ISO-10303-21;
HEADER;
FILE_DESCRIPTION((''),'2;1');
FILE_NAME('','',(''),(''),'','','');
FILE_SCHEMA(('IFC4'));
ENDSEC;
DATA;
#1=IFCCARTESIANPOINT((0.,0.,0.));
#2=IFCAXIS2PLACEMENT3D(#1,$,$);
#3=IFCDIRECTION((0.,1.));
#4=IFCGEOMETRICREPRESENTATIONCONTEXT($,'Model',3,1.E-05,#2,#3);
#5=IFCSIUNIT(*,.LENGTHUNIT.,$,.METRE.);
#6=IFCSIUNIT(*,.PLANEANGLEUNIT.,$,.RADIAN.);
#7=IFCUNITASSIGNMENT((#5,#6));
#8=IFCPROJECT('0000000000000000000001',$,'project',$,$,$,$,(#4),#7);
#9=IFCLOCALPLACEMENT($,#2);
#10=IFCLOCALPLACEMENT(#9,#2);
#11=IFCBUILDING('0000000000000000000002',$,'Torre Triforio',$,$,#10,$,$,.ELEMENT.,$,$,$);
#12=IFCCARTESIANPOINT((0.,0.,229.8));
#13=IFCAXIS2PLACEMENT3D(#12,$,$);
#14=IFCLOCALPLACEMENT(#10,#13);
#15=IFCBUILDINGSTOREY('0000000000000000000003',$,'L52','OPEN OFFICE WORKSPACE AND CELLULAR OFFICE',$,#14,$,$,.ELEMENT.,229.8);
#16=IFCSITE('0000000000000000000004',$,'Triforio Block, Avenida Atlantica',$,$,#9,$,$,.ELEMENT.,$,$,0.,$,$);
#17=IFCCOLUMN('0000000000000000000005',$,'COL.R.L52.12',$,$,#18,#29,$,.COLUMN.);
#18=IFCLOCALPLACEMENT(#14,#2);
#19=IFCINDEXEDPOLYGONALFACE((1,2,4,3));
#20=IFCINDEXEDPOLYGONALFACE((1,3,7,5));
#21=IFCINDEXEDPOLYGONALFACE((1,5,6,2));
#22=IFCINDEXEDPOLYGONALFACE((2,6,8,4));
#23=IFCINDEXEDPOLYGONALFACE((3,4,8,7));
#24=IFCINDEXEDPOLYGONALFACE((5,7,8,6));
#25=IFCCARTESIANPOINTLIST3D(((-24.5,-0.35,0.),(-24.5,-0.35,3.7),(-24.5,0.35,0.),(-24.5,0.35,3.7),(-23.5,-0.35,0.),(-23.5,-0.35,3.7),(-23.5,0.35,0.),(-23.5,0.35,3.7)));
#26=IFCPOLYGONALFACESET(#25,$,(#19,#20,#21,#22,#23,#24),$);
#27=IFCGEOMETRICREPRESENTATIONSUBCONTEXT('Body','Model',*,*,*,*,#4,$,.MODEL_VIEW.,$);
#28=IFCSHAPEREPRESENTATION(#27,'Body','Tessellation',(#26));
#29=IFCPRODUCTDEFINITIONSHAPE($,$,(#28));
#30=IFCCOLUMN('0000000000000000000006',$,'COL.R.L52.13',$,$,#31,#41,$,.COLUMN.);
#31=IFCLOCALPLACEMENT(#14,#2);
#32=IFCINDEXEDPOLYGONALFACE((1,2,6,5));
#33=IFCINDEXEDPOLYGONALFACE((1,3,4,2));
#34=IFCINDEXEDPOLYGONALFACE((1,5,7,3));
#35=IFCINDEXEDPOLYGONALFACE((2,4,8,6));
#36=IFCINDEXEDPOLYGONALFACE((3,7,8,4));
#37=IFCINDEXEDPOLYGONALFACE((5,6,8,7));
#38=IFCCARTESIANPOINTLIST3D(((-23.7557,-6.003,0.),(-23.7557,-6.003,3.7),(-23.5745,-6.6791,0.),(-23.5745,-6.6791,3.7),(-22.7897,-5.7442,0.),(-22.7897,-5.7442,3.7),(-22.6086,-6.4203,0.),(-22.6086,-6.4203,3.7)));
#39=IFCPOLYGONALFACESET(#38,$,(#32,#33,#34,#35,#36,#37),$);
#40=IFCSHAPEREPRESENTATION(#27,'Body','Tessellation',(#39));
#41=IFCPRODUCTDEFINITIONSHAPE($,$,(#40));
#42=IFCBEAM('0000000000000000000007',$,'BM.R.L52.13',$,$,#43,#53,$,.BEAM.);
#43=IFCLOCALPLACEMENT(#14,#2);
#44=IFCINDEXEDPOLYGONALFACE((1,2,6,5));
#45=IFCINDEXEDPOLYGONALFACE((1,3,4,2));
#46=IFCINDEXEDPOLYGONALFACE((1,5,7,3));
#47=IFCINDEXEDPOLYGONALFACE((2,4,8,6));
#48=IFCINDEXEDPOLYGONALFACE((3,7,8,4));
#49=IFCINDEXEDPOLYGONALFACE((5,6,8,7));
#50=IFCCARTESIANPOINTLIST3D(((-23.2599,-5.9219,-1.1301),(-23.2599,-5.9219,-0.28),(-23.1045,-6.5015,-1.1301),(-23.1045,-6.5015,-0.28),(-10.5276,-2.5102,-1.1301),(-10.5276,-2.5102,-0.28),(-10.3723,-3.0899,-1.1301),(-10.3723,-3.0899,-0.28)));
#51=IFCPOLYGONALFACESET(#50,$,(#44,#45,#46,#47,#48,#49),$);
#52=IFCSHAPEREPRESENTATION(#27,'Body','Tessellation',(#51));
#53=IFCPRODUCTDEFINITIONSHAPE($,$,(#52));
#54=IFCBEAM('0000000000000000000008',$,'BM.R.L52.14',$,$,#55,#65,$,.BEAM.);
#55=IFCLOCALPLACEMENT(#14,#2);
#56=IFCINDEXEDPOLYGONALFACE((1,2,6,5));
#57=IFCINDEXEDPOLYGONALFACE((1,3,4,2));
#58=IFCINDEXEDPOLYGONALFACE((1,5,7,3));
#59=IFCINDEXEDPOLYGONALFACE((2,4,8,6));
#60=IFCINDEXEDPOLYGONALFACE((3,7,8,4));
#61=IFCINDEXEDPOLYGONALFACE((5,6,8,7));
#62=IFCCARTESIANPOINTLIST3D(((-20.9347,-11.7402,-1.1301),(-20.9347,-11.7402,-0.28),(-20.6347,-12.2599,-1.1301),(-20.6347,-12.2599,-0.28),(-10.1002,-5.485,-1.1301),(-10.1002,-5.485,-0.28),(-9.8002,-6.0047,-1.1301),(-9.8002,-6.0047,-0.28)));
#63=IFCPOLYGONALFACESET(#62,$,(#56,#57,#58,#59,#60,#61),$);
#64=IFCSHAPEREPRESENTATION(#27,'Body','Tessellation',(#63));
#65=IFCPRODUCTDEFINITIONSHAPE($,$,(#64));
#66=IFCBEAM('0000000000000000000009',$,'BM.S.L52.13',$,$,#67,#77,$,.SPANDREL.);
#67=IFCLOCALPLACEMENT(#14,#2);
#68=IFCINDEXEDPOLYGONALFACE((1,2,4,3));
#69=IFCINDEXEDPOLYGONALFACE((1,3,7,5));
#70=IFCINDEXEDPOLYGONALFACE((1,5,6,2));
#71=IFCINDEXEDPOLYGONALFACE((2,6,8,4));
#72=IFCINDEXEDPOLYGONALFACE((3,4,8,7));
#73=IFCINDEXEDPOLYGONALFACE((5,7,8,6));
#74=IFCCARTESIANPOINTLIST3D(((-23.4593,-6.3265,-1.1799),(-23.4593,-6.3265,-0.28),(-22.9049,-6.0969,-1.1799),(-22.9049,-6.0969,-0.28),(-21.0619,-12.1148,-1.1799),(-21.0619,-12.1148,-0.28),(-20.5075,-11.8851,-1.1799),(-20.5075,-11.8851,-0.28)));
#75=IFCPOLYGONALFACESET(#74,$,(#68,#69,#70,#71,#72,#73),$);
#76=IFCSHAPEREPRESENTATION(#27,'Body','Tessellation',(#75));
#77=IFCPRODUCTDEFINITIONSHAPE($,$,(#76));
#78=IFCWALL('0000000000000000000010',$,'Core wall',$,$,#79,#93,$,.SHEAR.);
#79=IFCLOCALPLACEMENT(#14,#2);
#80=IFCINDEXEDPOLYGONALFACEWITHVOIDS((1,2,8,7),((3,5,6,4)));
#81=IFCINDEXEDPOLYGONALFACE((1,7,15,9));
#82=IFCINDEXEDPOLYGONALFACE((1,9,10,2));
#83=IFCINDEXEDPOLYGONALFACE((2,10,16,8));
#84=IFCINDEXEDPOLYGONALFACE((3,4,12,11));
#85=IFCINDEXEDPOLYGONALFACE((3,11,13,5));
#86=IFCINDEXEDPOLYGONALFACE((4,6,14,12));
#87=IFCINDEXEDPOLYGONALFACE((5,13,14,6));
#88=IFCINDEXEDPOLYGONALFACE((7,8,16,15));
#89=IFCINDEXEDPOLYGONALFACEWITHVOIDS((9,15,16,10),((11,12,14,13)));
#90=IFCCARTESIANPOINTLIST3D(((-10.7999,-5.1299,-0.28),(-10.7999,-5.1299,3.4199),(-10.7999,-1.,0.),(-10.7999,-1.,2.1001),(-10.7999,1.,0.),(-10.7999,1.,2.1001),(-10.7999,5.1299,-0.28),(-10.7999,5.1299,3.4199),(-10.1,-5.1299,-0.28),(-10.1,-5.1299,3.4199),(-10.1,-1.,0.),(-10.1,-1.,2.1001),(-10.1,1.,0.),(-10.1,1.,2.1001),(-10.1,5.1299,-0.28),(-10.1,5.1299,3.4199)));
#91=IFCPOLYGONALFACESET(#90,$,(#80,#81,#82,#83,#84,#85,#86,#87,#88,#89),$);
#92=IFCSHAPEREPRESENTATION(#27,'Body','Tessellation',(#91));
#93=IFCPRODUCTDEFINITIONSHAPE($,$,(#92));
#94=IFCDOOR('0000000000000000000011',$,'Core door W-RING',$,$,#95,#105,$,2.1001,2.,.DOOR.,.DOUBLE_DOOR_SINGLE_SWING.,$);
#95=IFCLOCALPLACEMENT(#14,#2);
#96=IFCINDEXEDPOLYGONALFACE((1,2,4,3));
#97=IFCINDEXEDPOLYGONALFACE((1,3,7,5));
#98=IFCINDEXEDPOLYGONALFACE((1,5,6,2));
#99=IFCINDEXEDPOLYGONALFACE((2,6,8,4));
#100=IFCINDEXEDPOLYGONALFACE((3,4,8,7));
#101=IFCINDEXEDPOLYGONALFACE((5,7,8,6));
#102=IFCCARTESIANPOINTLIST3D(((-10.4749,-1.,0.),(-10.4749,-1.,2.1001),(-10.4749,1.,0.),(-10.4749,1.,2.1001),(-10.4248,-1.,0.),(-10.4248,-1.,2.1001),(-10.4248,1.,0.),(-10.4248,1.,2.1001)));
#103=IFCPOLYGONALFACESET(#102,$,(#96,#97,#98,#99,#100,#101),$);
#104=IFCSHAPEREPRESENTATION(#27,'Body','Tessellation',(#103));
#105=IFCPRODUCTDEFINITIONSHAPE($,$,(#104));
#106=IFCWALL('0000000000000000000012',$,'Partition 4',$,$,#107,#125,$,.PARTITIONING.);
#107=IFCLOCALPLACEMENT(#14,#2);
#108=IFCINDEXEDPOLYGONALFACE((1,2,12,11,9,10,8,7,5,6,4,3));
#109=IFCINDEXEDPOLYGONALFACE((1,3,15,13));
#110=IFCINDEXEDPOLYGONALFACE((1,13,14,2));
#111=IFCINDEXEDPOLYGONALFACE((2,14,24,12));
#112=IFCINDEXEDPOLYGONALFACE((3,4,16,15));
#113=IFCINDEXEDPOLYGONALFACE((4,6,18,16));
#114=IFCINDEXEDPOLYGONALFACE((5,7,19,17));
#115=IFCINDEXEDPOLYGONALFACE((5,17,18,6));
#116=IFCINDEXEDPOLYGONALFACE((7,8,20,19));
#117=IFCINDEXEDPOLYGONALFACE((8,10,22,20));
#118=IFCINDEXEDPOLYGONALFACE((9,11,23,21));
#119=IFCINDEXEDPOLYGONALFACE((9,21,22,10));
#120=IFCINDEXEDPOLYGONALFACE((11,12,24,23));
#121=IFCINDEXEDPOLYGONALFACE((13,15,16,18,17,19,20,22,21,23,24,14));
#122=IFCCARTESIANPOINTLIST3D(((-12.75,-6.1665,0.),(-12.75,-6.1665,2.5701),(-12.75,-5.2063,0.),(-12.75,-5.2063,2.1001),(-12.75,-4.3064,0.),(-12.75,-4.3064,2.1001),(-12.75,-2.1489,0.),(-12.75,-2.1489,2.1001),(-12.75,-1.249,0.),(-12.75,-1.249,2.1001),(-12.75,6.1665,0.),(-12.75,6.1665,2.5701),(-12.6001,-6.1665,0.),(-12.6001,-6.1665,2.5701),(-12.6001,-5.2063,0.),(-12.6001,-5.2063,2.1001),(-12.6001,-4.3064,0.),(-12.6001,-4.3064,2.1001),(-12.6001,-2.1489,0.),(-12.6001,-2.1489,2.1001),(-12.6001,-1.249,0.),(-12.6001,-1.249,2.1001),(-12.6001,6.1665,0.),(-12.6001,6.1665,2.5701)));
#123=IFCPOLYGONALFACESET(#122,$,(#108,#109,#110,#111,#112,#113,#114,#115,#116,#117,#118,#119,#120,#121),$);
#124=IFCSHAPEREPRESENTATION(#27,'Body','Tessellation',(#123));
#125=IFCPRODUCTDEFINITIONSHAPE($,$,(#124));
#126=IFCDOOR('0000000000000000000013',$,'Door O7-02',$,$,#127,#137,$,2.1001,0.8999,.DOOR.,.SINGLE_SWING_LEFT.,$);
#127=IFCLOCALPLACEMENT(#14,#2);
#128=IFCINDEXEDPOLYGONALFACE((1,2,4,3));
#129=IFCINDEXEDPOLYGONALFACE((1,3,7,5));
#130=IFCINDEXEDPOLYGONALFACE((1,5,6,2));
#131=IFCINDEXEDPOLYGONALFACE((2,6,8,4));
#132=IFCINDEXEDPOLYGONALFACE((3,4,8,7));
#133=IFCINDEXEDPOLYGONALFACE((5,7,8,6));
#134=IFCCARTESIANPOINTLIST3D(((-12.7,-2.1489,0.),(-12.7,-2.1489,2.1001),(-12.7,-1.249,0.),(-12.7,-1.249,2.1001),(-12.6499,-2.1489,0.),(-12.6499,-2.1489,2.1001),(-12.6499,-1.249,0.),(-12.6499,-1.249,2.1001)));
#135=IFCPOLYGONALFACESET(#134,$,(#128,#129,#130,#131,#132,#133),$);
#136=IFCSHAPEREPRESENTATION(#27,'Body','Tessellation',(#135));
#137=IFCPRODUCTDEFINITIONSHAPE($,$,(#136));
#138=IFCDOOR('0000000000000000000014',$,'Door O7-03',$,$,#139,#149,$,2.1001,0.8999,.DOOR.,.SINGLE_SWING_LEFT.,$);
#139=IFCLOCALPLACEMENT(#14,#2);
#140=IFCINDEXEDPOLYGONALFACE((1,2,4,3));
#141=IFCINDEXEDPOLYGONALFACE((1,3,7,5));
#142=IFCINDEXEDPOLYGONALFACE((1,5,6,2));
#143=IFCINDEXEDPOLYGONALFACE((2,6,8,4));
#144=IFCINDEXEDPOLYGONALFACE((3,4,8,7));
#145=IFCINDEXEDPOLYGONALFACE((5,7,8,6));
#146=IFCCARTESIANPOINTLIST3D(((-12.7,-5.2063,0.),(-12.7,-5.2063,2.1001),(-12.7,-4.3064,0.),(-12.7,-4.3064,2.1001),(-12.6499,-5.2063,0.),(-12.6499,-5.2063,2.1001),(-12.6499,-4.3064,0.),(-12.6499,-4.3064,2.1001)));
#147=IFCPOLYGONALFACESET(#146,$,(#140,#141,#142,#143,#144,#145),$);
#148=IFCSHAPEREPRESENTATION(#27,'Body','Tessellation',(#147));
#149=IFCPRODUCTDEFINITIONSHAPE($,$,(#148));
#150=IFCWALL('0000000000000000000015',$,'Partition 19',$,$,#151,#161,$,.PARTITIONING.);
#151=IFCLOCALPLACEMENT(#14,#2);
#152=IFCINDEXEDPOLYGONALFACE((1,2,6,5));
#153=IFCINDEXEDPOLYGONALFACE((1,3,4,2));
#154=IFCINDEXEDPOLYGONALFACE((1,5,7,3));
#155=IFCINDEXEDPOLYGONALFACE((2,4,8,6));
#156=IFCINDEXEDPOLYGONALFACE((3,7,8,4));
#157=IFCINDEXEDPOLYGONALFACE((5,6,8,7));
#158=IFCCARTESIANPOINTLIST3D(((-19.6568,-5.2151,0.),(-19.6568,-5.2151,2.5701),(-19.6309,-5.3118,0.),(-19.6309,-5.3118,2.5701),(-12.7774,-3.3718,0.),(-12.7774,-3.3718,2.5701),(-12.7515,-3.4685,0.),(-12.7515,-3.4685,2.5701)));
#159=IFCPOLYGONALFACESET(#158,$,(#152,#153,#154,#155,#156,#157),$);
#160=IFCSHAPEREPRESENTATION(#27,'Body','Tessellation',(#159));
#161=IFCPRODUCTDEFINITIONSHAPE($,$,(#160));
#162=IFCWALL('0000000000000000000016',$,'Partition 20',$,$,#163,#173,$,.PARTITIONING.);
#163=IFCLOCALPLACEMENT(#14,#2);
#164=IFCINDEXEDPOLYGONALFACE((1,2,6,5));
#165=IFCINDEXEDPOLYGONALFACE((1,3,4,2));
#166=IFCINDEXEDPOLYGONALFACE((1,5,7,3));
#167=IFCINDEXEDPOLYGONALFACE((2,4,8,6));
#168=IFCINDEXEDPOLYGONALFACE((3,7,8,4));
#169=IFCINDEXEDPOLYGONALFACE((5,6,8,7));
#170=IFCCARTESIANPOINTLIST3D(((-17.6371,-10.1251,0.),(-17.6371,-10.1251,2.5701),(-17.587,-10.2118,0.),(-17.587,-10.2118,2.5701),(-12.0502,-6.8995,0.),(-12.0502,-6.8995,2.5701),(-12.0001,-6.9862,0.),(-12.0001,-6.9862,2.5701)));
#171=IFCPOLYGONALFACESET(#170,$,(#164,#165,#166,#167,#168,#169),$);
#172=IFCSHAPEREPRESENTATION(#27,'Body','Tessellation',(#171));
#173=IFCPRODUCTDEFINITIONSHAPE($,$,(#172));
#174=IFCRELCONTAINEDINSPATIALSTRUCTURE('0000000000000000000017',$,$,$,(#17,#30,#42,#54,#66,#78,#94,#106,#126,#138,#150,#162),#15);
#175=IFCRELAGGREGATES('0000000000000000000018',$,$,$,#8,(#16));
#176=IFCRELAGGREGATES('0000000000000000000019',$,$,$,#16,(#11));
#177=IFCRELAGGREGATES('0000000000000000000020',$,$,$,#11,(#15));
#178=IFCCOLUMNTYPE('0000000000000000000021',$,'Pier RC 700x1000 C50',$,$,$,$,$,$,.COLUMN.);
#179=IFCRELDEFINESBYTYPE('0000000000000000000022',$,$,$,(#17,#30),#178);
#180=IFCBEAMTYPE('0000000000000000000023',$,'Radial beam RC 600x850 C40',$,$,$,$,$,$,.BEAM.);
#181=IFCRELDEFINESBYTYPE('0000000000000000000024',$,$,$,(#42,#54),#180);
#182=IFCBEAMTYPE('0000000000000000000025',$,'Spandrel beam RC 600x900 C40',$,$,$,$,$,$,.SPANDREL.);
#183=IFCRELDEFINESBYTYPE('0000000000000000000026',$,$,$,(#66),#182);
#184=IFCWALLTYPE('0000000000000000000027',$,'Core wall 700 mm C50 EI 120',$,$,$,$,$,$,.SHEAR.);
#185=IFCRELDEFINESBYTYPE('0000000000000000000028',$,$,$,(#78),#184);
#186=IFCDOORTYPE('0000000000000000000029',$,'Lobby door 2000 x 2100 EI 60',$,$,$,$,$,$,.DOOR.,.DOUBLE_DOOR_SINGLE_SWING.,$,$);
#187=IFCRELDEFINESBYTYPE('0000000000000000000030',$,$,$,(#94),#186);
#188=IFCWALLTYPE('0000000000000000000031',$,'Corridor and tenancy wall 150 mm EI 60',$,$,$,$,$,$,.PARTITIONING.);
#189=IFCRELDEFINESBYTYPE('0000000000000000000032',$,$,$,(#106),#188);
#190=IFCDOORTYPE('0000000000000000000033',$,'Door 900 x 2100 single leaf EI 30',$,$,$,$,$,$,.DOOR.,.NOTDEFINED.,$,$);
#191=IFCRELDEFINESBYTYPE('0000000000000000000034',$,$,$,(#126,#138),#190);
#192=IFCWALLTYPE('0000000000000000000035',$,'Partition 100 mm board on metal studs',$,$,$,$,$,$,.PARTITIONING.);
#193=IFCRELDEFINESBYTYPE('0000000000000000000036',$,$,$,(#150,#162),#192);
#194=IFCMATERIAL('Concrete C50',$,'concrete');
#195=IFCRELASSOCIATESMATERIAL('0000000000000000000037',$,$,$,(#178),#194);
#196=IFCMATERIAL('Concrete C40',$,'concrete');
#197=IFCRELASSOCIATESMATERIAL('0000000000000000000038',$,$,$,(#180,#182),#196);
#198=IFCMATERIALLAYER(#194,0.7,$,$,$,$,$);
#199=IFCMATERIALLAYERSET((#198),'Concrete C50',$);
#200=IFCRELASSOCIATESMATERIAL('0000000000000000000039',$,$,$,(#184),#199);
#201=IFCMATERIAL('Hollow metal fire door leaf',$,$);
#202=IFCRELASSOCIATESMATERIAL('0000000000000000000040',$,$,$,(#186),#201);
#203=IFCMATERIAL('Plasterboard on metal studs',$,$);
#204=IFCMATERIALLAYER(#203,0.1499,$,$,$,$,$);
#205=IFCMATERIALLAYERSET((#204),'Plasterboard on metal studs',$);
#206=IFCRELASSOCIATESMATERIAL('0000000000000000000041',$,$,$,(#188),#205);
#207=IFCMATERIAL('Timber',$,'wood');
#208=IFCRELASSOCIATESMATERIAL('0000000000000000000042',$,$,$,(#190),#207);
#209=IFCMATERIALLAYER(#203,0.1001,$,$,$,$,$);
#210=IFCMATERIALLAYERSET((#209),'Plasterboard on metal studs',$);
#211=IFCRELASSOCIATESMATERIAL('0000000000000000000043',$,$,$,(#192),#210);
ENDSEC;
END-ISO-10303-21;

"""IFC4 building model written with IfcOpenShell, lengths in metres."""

from ifc_helpers import new_model, si_unit, direction, frame, frame_2d, origin, origin_2d, place, context, subcontext, project, spatial, rectangle, extrude, material, layer, layer_set, material_profile, profile_set, type_object, element, fill, save


model = new_model("IFC4")

# Units and contexts
model_context = context("Model", 3, precision=1e-05, world=origin(), true_north=direction((0.0, 1.0)))
body_context = subcontext(model_context, "Body", "Model", "MODEL_VIEW")
ifc_project = project(units=[si_unit("LENGTHUNIT", "METRE"), si_unit("PLANEANGLEUNIT", "RADIAN")], contexts=[model_context])

# Site, building, storey
site_placement = place(None, origin())
site = spatial("IfcSite", under=ifc_project, at=site_placement, Name="Triforio Block, Avenida Atlantica", CompositionType="ELEMENT", RefElevation=0.0)
building_placement = place(site_placement, origin())
building = spatial("IfcBuilding", under=site, at=building_placement, Name="Torre Triforio", CompositionType="ELEMENT")
storey_placement = place(building_placement, frame((0.0, 0.0, 229.8)))
storey = spatial("IfcBuildingStorey", under=building, at=storey_placement, Name="L52", Description="OPEN OFFICE WORKSPACE AND CELLULAR OFFICE", CompositionType="ELEMENT", Elevation=229.8)

# Columns
ifc_material_1 = material(Name="Concrete C50", Category="concrete")
ifc_material_profile_1 = material_profile(ifc_material_1, rectangle(XDim=0.7, YDim=1.0, at=origin_2d()), Name="RC 700x1000")
ifc_profile_set_1 = profile_set([ifc_material_profile_1], Name="Concrete C50")
column_type = type_object("IfcColumnType", Name="Pier RC 700x1000 C50", PredefinedType="COLUMN", material=ifc_profile_set_1)
for number, where, z_axis, x_axis, name in (
    (1, (-24.0, 0.0, 0.0), (0.0, 0.0, 1.0), (0.0, -1.0, 0.0), "COL.R.L52.12"),
    (2, (-23.1821, -6.2117, 0.0), (0.0, 0.0, 1.0), (0.258819, -0.965926, 0.0), "COL.R.L52.13"),
):
    element("IfcColumn", number, at=place(storey_placement, frame(where, z_axis=z_axis, x_axis=x_axis)), inside=storey, type_object=column_type, Name=name, PredefinedType="COLUMN", context=body_context, shape_type="SweptSolid", body=[
        extrude(rectangle(XDim=0.7, YDim=1.0, at=origin_2d()), origin(), (0.0, 0.0, 1.0), 3.7),
    ])

# Beams
ifc_material_2 = material(Name="Concrete C40", Category="concrete")
ifc_material_profile_2 = material_profile(ifc_material_2, rectangle(XDim=0.6001, YDim=0.8501, at=origin_2d()), Name="RC 600x850")
ifc_profile_set_2 = profile_set([ifc_material_profile_2], Name="Concrete C40")
beam_type_1 = type_object("IfcBeamType", Name="Radial beam RC 600x850 C40", PredefinedType="BEAM", material=ifc_profile_set_2)
beam_1_placement = place(storey_placement, frame((-10.45, -2.8, -0.7051), z_axis=(-0.965925, -0.258822, 0.0), x_axis=(0.258822, -0.965925, 0.0)))
element("IfcBeam", 3, at=beam_1_placement, inside=storey, type_object=beam_type_1, Name="BM.R.L52.13", PredefinedType="BEAM", context=body_context, shape_type="SweptSolid", body=[
    extrude(rectangle(XDim=0.6001, YDim=0.8501, at=origin_2d()), origin(), (0.0, 0.0, 1.0), 13.1814),
])
beam_2_placement = place(storey_placement, frame((-9.9502, -5.7449, -0.7051), z_axis=(-0.866031, -0.49999, 0.0), x_axis=(0.49999, -0.866031, 0.0)))
element("IfcBeam", 4, at=beam_2_placement, inside=storey, type_object=beam_type_1, Name="BM.R.L52.14", PredefinedType="BEAM", context=body_context, shape_type="SweptSolid", body=[
    extrude(rectangle(XDim=0.6001, YDim=0.8501, at=origin_2d()), origin(), (0.0, 0.0, 1.0), 12.5105),
])
ifc_material_profile_3 = material_profile(ifc_material_2, rectangle(XDim=0.6001, YDim=0.8999, at=origin_2d()), Name="RC 600x900")
ifc_profile_set_3 = profile_set([ifc_material_profile_3], Name="Concrete C40")
beam_type_2 = type_object("IfcBeamType", Name="Spandrel beam RC 600x900 C40", PredefinedType="SPANDREL", material=ifc_profile_set_3)
beam_3_placement = place(storey_placement, frame((-23.1821, -6.2117, -0.73), z_axis=(0.382664, -0.923888, 0.0), x_axis=(0.923888, 0.382664, 0.0)))
element("IfcBeam", 5, at=beam_3_placement, inside=storey, type_object=beam_type_2, Name="BM.S.L52.13", PredefinedType="SPANDREL", context=body_context, shape_type="SweptSolid", body=[
    extrude(rectangle(XDim=0.6001, YDim=0.8999, at=origin_2d()), origin(), (0.0, 0.0, 1.0), 6.2651),
])

# Wall, opening, door
ifc_layer_1 = layer(ifc_material_1, 0.7)
ifc_layer_set_1 = layer_set([ifc_layer_1], Name="Concrete C50")
wall_type_1 = type_object("IfcWallType", Name="Core wall 700 mm C50 EI 120", PredefinedType="SHEAR", material=ifc_layer_set_1)
wall_1_placement = place(storey_placement, frame((-10.45, -5.1299, -0.28), z_axis=(0.0, 0.0, 1.0), x_axis=(0.0, 1.0, 0.0)))
wall_1 = element("IfcWall", 6, at=wall_1_placement, inside=storey, type_object=wall_type_1, Name="Core wall", PredefinedType="SHEAR", context=body_context, shape_type="SweptSolid", body=[
    extrude(rectangle(XDim=10.2598, YDim=0.7, at=frame_2d((5.1299, 0.0))), origin(), (0.0, 0.0, 1.0), 3.7),
])
opening_1_placement = place(wall_1_placement, frame((4.1299, 0.0, 0.28)))
opening_1 = element("IfcOpeningElement", 7, at=opening_1_placement, cuts=wall_1, PredefinedType="OPENING", context=body_context, shape_type="SweptSolid", body=[
    extrude(rectangle(XDim=2.0, YDim=2.1001, at=frame_2d((1.0, 1.05))), frame((0.0, 0.3599, 0.0), z_axis=(0.0, -1.0, 0.0), x_axis=(1.0, 0.0, 0.0)), (0.0, 0.0, 1.0), 0.72),
])
ifc_material_3 = material(Name="Hollow metal fire door leaf")
door_type_1 = type_object("IfcDoorType", Name="Lobby door 2000 x 2100 EI 60", OperationType="DOUBLE_DOOR_SINGLE_SWING", PredefinedType="DOOR", material=ifc_material_3)
door_1_placement = place(opening_1_placement, origin())
door_1 = element("IfcDoor", 8, at=door_1_placement, inside=storey, type_object=door_type_1, Name="Core door W-RING", OperationType="DOUBLE_DOOR_SINGLE_SWING", OverallHeight=2.1001, OverallWidth=2.0, PredefinedType="DOOR", context=body_context, shape_type="SweptSolid", body=[
    extrude(rectangle(XDim=2.0, YDim=2.1001, at=frame_2d((1.0, 1.05))), frame((0.0, 0.0249, 0.0), z_axis=(0.0, -1.0, 0.0), x_axis=(1.0, 0.0, 0.0)), (0.0, 0.0, 1.0), 0.05),
])
fill(opening_1, door_1)

# Wall, openings, doors
ifc_material_4 = material(Name="Plasterboard on metal studs")
ifc_layer_2 = layer(ifc_material_4, 0.1499)
ifc_layer_set_2 = layer_set([ifc_layer_2], Name="Plasterboard on metal studs")
wall_type_2 = type_object("IfcWallType", Name="Corridor and tenancy wall 150 mm EI 60", PredefinedType="PARTITIONING", material=ifc_layer_set_2)
wall_2_placement = place(storey_placement, frame((-12.675, -6.1665, 0.0), z_axis=(0.0, 0.0, 1.0), x_axis=(0.0, 1.0, 0.0)))
wall_2 = element("IfcWall", 9, at=wall_2_placement, inside=storey, type_object=wall_type_2, Name="Partition 4", PredefinedType="PARTITIONING", context=body_context, shape_type="SweptSolid", body=[
    extrude(rectangle(XDim=12.333, YDim=0.1499, at=frame_2d((6.1665, 0.0))), origin(), (0.0, 0.0, 1.0), 2.5701),
])
opening_2_placement = place(wall_2_placement, frame((4.0176, 0.0, 0.0)))
opening_2 = element("IfcOpeningElement", 10, at=opening_2_placement, cuts=wall_2, PredefinedType="OPENING", context=body_context, shape_type="SweptSolid", body=[
    extrude(rectangle(XDim=0.8999, YDim=2.1001, at=frame_2d((0.45, 1.05))), frame((0.0, 0.085, 0.0), z_axis=(0.0, -1.0, 0.0), x_axis=(1.0, 0.0, 0.0)), (0.0, 0.0, 1.0), 0.1699),
])
opening_3_placement = place(wall_2_placement, frame((0.9602, 0.0, 0.0)))
opening_3 = element("IfcOpeningElement", 11, at=opening_3_placement, cuts=wall_2, PredefinedType="OPENING", context=body_context, shape_type="SweptSolid", body=[
    extrude(rectangle(XDim=0.8999, YDim=2.1001, at=frame_2d((0.45, 1.05))), frame((0.0, 0.085, 0.0), z_axis=(0.0, -1.0, 0.0), x_axis=(1.0, 0.0, 0.0)), (0.0, 0.0, 1.0), 0.1699),
])
ifc_material_5 = material(Name="Timber", Category="wood")
door_type_2 = type_object("IfcDoorType", Name="Door 900 x 2100 single leaf EI 30", OperationType="NOTDEFINED", PredefinedType="DOOR", material=ifc_material_5)
door_2_placement = place(opening_2_placement, origin())
door_2 = element("IfcDoor", 12, at=door_2_placement, inside=storey, type_object=door_type_2, Name="Door O7-02", OperationType="SINGLE_SWING_LEFT", OverallHeight=2.1001, OverallWidth=0.8999, PredefinedType="DOOR", context=body_context, shape_type="SweptSolid", body=[
    extrude(rectangle(XDim=0.8999, YDim=2.1001, at=frame_2d((0.45, 1.05))), frame((0.0, 0.0249, 0.0), z_axis=(0.0, -1.0, 0.0), x_axis=(1.0, 0.0, 0.0)), (0.0, 0.0, 1.0), 0.05),
])
fill(opening_2, door_2)
door_3_placement = place(opening_3_placement, origin())
door_3 = element("IfcDoor", 13, at=door_3_placement, inside=storey, type_object=door_type_2, Name="Door O7-03", OperationType="SINGLE_SWING_LEFT", OverallHeight=2.1001, OverallWidth=0.8999, PredefinedType="DOOR", context=body_context, shape_type="SweptSolid", body=[
    extrude(rectangle(XDim=0.8999, YDim=2.1001, at=frame_2d((0.45, 1.05))), frame((0.0, 0.0249, 0.0), z_axis=(0.0, -1.0, 0.0), x_axis=(1.0, 0.0, 0.0)), (0.0, 0.0, 1.0), 0.05),
])
fill(opening_3, door_3)

# Walls
ifc_layer_3 = layer(ifc_material_4, 0.1001)
ifc_layer_set_3 = layer_set([ifc_layer_3], Name="Plasterboard on metal studs")
wall_type_3 = type_object("IfcWallType", Name="Partition 100 mm board on metal studs", PredefinedType="PARTITIONING", material=ifc_layer_set_3)
wall_3_placement = place(storey_placement, frame((-12.7644, -3.4202, 0.0), z_axis=(0.0, 0.0, 1.0), x_axis=(-0.965928, -0.25881, 0.0)))
element("IfcWall", 14, at=wall_3_placement, inside=storey, type_object=wall_type_3, Name="Partition 19", PredefinedType="PARTITIONING", context=body_context, shape_type="SweptSolid", body=[
    extrude(rectangle(XDim=7.1221, YDim=0.1001, at=frame_2d((3.561, 0.0))), origin(), (0.0, 0.0, 1.0), 2.5701),
])
wall_4_placement = place(storey_placement, frame((-12.0251, -6.9429, 0.0), z_axis=(0.0, 0.0, 1.0), x_axis=(-0.866027, -0.499998, 0.0)))
element("IfcWall", 15, at=wall_4_placement, inside=storey, type_object=wall_type_3, Name="Partition 20", PredefinedType="PARTITIONING", context=body_context, shape_type="SweptSolid", body=[
    extrude(rectangle(XDim=6.4512, YDim=0.1001, at=frame_2d((3.2256, 0.0))), origin(), (0.0, 0.0, 1.0), 2.5701),
])

save(model, "model.ifc")
